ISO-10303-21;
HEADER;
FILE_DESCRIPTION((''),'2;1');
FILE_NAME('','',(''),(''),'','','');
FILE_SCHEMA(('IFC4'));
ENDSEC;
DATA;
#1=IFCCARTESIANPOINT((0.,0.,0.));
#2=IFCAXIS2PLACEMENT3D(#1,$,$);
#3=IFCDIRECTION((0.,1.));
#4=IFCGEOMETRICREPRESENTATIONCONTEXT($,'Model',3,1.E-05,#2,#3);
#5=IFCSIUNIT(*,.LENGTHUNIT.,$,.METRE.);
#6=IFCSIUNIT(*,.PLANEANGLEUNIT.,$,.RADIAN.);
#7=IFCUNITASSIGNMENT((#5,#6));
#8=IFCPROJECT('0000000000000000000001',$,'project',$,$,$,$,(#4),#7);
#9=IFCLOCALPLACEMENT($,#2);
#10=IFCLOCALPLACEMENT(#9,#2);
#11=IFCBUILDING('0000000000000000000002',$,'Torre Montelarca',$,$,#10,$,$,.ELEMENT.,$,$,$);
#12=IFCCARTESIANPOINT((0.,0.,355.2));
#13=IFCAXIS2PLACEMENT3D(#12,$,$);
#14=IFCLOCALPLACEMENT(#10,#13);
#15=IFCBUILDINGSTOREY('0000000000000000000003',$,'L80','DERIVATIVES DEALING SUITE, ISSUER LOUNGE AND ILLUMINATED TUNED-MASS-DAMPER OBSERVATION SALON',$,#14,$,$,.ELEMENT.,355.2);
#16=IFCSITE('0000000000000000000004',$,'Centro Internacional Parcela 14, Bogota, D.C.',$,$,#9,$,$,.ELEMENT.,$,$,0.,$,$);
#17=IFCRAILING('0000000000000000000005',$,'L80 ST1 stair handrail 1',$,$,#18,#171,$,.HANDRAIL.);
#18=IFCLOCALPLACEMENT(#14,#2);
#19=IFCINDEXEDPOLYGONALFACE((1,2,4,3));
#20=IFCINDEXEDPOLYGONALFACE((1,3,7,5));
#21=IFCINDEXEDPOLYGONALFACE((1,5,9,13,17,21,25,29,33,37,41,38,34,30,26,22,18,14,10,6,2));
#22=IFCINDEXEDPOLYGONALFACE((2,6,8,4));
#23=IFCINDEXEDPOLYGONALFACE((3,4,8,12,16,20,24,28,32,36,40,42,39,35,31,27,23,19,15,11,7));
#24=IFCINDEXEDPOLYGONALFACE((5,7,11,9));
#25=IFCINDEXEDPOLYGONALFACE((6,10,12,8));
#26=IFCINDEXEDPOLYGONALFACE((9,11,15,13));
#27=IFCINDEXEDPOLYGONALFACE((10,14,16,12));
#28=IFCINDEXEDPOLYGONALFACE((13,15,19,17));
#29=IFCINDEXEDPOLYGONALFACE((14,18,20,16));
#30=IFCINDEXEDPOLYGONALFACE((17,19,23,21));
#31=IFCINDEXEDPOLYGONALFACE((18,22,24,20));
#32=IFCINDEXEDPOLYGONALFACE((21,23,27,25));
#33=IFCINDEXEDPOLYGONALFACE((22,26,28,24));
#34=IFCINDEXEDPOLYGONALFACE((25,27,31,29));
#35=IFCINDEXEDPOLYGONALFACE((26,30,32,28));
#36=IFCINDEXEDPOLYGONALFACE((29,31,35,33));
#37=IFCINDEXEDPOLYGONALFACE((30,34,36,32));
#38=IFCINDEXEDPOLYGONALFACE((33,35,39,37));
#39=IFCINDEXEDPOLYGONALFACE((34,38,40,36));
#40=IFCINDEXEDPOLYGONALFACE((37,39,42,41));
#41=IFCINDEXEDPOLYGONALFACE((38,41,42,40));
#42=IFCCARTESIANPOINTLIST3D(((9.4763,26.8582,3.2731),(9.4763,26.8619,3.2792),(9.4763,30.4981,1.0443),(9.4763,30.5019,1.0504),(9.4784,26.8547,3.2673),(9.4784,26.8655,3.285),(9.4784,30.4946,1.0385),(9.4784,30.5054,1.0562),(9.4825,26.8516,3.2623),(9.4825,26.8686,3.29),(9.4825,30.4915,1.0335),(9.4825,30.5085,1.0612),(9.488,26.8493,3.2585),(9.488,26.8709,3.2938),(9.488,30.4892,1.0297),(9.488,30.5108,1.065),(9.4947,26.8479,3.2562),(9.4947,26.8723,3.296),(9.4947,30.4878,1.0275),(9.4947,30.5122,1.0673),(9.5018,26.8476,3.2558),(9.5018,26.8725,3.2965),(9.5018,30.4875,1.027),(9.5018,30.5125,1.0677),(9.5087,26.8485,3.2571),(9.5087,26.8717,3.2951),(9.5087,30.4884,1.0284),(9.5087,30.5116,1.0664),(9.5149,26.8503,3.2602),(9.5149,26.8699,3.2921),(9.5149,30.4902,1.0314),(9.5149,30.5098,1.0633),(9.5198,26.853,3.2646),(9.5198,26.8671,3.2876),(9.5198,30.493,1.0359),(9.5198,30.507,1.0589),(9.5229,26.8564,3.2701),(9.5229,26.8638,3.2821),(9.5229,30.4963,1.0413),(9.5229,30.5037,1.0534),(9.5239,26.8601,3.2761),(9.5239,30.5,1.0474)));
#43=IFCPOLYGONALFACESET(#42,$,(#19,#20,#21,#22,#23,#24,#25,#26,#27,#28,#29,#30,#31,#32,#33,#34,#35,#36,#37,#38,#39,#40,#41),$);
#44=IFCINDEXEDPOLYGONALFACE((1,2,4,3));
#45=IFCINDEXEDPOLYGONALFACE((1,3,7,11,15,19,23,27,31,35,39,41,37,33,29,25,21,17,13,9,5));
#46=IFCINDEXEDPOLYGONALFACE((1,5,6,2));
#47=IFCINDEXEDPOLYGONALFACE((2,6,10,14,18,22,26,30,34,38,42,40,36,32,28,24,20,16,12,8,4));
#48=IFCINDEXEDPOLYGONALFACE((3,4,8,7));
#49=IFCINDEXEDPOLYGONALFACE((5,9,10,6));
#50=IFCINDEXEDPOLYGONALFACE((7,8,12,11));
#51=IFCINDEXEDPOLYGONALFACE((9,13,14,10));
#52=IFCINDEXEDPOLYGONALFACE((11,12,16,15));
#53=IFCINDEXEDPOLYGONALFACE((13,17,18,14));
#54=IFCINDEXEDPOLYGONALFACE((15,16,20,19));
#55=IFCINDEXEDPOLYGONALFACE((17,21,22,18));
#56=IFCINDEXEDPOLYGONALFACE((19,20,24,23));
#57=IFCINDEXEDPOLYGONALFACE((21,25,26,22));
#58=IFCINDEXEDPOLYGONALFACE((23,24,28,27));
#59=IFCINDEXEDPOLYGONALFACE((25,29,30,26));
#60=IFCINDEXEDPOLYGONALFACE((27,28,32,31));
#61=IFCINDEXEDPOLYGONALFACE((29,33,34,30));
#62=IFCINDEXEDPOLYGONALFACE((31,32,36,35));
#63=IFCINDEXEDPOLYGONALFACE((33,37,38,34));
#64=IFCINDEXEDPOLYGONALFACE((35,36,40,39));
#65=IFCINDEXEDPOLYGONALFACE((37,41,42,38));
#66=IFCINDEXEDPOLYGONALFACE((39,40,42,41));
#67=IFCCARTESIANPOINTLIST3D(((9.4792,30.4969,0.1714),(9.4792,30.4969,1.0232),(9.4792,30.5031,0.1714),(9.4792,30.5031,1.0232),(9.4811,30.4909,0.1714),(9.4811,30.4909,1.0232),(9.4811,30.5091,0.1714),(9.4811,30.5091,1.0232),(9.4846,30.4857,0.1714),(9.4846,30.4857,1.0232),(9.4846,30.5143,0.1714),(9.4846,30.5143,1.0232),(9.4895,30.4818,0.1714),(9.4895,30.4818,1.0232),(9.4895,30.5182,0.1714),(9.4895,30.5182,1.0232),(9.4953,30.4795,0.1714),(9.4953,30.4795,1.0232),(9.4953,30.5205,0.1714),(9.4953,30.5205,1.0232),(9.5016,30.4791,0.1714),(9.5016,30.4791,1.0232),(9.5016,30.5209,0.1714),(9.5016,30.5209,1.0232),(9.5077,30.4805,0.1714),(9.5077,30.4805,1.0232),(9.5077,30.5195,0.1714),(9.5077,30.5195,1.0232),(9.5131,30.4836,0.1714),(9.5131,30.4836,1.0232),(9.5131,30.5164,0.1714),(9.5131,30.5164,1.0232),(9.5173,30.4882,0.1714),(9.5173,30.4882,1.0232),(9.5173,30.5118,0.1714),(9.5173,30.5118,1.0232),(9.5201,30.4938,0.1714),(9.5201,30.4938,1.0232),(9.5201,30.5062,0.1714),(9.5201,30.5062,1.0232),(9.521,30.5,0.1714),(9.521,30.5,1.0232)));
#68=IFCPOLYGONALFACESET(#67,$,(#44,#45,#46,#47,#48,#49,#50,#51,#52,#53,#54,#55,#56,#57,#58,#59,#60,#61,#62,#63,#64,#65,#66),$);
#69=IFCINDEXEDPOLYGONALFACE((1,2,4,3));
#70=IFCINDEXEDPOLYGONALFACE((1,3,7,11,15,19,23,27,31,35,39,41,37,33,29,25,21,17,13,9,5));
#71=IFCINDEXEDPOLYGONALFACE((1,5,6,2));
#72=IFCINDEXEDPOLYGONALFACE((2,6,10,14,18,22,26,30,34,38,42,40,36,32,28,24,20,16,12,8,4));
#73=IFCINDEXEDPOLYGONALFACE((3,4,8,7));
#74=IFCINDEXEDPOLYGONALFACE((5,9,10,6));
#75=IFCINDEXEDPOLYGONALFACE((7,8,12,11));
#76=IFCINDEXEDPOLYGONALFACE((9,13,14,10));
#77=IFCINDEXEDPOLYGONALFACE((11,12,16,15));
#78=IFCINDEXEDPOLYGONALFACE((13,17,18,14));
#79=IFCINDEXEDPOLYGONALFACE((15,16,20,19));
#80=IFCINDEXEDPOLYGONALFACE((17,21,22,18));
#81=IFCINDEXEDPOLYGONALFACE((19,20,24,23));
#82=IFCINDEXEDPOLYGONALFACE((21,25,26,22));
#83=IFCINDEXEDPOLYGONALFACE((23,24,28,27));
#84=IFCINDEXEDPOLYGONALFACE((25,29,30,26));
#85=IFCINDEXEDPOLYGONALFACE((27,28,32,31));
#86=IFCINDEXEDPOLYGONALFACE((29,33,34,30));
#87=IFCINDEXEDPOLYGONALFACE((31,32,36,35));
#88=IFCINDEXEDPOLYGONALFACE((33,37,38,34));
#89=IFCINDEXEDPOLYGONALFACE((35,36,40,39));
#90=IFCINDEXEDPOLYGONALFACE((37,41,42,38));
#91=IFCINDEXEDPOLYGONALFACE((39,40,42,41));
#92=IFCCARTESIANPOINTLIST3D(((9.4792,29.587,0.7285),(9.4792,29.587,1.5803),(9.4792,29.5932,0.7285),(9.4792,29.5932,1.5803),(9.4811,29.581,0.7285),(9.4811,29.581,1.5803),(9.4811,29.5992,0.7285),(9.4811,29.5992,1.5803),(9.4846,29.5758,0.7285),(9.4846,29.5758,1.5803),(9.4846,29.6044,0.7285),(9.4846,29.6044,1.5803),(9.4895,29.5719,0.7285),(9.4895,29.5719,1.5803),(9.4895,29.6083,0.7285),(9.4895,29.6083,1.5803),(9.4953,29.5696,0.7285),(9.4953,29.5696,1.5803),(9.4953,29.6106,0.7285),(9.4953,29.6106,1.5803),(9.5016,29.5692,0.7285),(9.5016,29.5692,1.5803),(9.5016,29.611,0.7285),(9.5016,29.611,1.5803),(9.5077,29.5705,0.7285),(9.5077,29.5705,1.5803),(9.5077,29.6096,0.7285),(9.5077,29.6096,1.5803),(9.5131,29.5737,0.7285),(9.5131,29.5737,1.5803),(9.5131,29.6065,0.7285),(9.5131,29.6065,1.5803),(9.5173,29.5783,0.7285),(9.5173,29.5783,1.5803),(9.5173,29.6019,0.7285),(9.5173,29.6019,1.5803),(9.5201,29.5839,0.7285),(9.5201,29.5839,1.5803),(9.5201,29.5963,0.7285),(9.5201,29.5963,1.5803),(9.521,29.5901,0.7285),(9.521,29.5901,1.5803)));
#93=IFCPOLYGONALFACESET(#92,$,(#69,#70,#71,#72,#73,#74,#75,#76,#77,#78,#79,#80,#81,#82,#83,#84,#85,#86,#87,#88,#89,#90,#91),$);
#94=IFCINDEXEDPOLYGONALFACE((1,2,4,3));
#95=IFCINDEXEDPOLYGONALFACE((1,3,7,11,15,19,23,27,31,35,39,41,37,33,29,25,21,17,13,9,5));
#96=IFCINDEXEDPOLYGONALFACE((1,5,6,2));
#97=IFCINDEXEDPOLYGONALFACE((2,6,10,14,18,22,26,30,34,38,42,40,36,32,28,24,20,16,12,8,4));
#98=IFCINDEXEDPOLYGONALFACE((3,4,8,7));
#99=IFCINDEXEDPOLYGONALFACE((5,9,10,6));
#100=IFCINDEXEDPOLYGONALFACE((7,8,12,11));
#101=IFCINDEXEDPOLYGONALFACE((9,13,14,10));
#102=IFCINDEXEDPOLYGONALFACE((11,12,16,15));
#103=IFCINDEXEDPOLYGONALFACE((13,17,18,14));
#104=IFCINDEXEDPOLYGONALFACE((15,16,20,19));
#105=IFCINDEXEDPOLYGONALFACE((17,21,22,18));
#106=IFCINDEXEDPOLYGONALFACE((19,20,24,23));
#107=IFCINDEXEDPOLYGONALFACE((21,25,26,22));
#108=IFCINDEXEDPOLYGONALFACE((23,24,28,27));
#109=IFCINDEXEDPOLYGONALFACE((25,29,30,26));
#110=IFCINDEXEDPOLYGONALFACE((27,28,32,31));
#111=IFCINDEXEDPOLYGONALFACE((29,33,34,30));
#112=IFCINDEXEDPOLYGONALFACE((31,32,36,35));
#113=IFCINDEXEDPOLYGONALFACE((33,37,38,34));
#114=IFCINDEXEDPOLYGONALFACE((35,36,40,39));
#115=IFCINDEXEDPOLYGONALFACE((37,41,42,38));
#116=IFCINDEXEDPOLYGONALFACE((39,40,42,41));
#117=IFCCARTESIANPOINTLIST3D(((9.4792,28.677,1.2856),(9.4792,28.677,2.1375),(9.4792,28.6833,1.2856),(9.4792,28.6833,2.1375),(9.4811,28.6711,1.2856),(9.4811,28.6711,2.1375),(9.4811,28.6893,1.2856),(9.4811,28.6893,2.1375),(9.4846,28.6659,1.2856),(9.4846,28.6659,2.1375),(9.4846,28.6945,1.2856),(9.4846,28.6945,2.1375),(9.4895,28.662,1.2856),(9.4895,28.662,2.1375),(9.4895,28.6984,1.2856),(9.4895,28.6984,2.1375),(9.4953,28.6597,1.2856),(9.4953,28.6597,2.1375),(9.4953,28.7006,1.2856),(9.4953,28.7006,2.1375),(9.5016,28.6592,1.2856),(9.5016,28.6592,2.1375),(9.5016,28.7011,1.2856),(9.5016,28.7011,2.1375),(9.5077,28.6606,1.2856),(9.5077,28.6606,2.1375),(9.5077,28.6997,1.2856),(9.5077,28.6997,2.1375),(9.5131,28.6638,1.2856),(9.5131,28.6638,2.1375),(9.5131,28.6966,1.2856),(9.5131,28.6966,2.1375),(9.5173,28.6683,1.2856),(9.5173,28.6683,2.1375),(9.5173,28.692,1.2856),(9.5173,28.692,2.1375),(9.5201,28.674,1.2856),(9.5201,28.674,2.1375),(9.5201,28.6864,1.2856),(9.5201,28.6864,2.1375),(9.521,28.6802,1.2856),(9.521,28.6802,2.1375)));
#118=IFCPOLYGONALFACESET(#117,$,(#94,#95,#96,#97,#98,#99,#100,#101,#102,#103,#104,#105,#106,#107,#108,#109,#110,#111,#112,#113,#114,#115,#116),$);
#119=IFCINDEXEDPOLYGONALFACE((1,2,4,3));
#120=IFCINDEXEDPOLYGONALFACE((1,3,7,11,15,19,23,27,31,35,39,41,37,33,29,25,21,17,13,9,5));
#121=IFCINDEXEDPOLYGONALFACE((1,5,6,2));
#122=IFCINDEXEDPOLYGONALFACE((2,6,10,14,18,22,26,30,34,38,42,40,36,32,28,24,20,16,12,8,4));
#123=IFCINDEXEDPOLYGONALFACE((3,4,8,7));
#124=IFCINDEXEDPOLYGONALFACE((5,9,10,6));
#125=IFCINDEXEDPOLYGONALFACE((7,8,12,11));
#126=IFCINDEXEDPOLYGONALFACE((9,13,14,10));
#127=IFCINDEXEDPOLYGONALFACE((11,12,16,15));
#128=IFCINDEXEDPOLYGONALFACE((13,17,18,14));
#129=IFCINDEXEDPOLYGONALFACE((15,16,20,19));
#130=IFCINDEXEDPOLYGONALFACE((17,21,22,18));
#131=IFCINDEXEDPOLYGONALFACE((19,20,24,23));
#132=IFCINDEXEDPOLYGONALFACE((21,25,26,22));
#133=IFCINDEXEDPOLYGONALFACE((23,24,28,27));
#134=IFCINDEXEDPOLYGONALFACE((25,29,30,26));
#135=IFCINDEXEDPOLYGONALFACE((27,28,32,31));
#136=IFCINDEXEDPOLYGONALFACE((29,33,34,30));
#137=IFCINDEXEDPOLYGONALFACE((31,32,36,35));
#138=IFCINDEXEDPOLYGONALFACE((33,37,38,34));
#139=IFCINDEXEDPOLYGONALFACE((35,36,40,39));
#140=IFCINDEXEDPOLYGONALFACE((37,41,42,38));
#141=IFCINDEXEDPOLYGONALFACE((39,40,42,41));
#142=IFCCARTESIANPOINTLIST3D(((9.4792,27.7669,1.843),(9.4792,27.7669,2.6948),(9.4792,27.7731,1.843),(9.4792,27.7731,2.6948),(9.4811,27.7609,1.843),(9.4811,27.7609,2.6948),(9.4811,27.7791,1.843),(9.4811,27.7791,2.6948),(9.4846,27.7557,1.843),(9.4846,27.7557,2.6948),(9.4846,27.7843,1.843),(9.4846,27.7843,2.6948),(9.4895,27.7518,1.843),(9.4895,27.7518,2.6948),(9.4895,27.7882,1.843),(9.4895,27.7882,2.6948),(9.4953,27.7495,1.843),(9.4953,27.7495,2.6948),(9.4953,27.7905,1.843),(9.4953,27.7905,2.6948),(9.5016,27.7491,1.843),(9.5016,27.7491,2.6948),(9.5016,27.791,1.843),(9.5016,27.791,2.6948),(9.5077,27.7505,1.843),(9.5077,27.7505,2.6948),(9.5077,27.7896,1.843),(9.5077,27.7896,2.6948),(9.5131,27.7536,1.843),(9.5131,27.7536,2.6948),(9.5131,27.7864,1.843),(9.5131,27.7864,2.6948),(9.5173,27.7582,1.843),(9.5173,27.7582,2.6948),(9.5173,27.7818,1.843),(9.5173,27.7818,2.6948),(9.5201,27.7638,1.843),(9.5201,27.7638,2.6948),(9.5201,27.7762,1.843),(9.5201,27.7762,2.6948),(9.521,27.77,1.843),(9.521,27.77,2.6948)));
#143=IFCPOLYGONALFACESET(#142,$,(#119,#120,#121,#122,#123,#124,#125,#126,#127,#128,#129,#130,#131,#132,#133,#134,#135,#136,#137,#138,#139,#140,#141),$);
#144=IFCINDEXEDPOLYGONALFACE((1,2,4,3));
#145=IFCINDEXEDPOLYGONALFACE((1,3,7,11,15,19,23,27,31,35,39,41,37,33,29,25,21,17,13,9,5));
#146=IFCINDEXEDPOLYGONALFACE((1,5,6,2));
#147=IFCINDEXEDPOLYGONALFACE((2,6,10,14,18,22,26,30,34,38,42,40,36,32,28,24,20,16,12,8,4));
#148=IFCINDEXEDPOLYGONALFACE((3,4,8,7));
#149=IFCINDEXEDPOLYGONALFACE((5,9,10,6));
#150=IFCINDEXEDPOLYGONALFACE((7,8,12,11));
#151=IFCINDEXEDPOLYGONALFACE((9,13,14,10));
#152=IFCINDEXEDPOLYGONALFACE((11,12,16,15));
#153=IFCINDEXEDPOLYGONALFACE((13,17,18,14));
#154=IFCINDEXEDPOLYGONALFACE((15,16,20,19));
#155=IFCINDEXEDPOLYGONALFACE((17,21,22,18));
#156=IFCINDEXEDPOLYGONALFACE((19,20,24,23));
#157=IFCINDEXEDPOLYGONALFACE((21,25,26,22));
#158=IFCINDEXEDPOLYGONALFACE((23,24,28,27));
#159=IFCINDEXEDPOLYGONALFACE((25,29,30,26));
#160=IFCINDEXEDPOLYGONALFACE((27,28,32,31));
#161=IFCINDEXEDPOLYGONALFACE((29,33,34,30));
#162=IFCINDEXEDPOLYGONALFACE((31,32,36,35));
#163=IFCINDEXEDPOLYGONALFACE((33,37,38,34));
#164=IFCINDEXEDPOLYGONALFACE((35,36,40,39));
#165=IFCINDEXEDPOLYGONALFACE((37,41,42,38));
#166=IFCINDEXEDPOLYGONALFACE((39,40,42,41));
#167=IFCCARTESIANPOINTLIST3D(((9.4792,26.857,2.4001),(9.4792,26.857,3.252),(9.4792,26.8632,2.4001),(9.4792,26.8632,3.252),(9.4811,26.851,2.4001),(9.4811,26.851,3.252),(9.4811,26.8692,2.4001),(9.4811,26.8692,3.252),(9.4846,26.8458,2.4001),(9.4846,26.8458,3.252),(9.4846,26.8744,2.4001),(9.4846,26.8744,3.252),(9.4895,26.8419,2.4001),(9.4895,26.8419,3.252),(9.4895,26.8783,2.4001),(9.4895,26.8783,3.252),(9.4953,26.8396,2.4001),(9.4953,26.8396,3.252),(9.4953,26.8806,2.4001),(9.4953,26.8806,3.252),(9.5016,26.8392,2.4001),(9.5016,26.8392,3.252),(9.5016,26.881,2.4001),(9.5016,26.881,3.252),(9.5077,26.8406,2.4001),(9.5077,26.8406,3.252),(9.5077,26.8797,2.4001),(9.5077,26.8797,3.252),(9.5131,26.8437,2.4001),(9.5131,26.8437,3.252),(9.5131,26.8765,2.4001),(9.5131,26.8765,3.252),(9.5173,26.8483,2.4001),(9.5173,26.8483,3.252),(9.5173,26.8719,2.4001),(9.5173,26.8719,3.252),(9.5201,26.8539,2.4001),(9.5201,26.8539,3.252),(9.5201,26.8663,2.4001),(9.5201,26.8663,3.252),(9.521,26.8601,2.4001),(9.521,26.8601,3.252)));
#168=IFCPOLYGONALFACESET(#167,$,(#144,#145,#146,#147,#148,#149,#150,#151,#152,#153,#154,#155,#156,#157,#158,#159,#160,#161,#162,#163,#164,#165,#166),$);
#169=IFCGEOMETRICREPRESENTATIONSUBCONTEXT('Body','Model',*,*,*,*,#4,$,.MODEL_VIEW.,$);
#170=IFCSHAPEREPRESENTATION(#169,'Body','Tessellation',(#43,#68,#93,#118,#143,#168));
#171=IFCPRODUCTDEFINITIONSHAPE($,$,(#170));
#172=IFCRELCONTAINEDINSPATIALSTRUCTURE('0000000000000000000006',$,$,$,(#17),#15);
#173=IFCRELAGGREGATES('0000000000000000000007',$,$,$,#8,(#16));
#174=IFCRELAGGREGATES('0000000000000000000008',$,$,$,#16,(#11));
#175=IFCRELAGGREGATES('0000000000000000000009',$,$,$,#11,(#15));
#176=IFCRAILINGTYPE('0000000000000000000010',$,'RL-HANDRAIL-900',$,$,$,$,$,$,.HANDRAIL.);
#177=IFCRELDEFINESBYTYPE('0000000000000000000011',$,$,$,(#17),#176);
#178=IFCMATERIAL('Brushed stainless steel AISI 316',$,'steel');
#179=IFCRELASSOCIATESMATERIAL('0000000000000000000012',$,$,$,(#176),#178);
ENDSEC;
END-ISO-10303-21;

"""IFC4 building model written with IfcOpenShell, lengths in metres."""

from ifc_helpers import new_model, si_unit, direction, frame, origin, origin_2d, place, context, subcontext, project, spatial, circle, extrude, material, type_object, element, save


model = new_model("IFC4")

# Units and contexts
model_context = context("Model", 3, precision=1e-05, world=origin(), true_north=direction((0.0, 1.0)))
body_context = subcontext(model_context, "Body", "Model", "MODEL_VIEW")
ifc_project = project(units=[si_unit("LENGTHUNIT", "METRE"), si_unit("PLANEANGLEUNIT", "RADIAN")], contexts=[model_context])

# Site, building, storey
site_placement = place(None, origin())
site = spatial("IfcSite", under=ifc_project, at=site_placement, Name="Centro Internacional Parcela 14, Bogota, D.C.", CompositionType="ELEMENT", RefElevation=0.0)
building_placement = place(site_placement, origin())
building = spatial("IfcBuilding", under=site, at=building_placement, Name="Torre Montelarca", CompositionType="ELEMENT")
storey_placement = place(building_placement, frame((0.0, 0.0, 355.2)))
storey = spatial("IfcBuildingStorey", under=building, at=storey_placement, Name="L80", Description="DERIVATIVES DEALING SUITE, ISSUER LOUNGE AND ILLUMINATED TUNED-MASS-DAMPER OBSERVATION SALON", CompositionType="ELEMENT", Elevation=355.2)

# Railing
ifc_material_1 = material(Name="Brushed stainless steel AISI 316", Category="steel")
railing_type_1 = type_object("IfcRailingType", Name="RL-HANDRAIL-900", PredefinedType="HANDRAIL", material=ifc_material_1)
railing_1_placement = place(storey_placement, frame((9.5, 30.5, 0.1714)))
element("IfcRailing", 1, at=railing_1_placement, inside=storey, type_object=railing_type_1, Name="L80 ST1 stair handrail 1", PredefinedType="HANDRAIL", context=body_context, shape_type="SweptSolid", body=[
    extrude(circle(Radius=0.0239, at=origin_2d()), frame((0.0, 0.0, 0.876), z_axis=(0.0, -0.852825, 0.522197), x_axis=(1.0, 0.0, 0.0)), (0.0, 0.0, 1.0), 4.2681),
    extrude(circle(Radius=0.021, at=origin_2d()), origin(), (0.0, 0.0, 1.0), 0.8518),
    extrude(circle(Radius=0.021, at=origin_2d()), frame((0.0, -0.9099, 0.5571)), (0.0, 0.0, 1.0), 0.8518),
    extrude(circle(Radius=0.021, at=origin_2d()), frame((0.0, -1.8198, 1.1143)), (0.0, 0.0, 1.0), 0.8518),
    extrude(circle(Radius=0.021, at=origin_2d()), frame((0.0, -2.73, 1.6716)), (0.0, 0.0, 1.0), 0.8518),
    extrude(circle(Radius=0.021, at=origin_2d()), frame((0.0, -3.6399, 2.2288)), (0.0, 0.0, 1.0), 0.8518),
])

save(model, "model.ifc")
